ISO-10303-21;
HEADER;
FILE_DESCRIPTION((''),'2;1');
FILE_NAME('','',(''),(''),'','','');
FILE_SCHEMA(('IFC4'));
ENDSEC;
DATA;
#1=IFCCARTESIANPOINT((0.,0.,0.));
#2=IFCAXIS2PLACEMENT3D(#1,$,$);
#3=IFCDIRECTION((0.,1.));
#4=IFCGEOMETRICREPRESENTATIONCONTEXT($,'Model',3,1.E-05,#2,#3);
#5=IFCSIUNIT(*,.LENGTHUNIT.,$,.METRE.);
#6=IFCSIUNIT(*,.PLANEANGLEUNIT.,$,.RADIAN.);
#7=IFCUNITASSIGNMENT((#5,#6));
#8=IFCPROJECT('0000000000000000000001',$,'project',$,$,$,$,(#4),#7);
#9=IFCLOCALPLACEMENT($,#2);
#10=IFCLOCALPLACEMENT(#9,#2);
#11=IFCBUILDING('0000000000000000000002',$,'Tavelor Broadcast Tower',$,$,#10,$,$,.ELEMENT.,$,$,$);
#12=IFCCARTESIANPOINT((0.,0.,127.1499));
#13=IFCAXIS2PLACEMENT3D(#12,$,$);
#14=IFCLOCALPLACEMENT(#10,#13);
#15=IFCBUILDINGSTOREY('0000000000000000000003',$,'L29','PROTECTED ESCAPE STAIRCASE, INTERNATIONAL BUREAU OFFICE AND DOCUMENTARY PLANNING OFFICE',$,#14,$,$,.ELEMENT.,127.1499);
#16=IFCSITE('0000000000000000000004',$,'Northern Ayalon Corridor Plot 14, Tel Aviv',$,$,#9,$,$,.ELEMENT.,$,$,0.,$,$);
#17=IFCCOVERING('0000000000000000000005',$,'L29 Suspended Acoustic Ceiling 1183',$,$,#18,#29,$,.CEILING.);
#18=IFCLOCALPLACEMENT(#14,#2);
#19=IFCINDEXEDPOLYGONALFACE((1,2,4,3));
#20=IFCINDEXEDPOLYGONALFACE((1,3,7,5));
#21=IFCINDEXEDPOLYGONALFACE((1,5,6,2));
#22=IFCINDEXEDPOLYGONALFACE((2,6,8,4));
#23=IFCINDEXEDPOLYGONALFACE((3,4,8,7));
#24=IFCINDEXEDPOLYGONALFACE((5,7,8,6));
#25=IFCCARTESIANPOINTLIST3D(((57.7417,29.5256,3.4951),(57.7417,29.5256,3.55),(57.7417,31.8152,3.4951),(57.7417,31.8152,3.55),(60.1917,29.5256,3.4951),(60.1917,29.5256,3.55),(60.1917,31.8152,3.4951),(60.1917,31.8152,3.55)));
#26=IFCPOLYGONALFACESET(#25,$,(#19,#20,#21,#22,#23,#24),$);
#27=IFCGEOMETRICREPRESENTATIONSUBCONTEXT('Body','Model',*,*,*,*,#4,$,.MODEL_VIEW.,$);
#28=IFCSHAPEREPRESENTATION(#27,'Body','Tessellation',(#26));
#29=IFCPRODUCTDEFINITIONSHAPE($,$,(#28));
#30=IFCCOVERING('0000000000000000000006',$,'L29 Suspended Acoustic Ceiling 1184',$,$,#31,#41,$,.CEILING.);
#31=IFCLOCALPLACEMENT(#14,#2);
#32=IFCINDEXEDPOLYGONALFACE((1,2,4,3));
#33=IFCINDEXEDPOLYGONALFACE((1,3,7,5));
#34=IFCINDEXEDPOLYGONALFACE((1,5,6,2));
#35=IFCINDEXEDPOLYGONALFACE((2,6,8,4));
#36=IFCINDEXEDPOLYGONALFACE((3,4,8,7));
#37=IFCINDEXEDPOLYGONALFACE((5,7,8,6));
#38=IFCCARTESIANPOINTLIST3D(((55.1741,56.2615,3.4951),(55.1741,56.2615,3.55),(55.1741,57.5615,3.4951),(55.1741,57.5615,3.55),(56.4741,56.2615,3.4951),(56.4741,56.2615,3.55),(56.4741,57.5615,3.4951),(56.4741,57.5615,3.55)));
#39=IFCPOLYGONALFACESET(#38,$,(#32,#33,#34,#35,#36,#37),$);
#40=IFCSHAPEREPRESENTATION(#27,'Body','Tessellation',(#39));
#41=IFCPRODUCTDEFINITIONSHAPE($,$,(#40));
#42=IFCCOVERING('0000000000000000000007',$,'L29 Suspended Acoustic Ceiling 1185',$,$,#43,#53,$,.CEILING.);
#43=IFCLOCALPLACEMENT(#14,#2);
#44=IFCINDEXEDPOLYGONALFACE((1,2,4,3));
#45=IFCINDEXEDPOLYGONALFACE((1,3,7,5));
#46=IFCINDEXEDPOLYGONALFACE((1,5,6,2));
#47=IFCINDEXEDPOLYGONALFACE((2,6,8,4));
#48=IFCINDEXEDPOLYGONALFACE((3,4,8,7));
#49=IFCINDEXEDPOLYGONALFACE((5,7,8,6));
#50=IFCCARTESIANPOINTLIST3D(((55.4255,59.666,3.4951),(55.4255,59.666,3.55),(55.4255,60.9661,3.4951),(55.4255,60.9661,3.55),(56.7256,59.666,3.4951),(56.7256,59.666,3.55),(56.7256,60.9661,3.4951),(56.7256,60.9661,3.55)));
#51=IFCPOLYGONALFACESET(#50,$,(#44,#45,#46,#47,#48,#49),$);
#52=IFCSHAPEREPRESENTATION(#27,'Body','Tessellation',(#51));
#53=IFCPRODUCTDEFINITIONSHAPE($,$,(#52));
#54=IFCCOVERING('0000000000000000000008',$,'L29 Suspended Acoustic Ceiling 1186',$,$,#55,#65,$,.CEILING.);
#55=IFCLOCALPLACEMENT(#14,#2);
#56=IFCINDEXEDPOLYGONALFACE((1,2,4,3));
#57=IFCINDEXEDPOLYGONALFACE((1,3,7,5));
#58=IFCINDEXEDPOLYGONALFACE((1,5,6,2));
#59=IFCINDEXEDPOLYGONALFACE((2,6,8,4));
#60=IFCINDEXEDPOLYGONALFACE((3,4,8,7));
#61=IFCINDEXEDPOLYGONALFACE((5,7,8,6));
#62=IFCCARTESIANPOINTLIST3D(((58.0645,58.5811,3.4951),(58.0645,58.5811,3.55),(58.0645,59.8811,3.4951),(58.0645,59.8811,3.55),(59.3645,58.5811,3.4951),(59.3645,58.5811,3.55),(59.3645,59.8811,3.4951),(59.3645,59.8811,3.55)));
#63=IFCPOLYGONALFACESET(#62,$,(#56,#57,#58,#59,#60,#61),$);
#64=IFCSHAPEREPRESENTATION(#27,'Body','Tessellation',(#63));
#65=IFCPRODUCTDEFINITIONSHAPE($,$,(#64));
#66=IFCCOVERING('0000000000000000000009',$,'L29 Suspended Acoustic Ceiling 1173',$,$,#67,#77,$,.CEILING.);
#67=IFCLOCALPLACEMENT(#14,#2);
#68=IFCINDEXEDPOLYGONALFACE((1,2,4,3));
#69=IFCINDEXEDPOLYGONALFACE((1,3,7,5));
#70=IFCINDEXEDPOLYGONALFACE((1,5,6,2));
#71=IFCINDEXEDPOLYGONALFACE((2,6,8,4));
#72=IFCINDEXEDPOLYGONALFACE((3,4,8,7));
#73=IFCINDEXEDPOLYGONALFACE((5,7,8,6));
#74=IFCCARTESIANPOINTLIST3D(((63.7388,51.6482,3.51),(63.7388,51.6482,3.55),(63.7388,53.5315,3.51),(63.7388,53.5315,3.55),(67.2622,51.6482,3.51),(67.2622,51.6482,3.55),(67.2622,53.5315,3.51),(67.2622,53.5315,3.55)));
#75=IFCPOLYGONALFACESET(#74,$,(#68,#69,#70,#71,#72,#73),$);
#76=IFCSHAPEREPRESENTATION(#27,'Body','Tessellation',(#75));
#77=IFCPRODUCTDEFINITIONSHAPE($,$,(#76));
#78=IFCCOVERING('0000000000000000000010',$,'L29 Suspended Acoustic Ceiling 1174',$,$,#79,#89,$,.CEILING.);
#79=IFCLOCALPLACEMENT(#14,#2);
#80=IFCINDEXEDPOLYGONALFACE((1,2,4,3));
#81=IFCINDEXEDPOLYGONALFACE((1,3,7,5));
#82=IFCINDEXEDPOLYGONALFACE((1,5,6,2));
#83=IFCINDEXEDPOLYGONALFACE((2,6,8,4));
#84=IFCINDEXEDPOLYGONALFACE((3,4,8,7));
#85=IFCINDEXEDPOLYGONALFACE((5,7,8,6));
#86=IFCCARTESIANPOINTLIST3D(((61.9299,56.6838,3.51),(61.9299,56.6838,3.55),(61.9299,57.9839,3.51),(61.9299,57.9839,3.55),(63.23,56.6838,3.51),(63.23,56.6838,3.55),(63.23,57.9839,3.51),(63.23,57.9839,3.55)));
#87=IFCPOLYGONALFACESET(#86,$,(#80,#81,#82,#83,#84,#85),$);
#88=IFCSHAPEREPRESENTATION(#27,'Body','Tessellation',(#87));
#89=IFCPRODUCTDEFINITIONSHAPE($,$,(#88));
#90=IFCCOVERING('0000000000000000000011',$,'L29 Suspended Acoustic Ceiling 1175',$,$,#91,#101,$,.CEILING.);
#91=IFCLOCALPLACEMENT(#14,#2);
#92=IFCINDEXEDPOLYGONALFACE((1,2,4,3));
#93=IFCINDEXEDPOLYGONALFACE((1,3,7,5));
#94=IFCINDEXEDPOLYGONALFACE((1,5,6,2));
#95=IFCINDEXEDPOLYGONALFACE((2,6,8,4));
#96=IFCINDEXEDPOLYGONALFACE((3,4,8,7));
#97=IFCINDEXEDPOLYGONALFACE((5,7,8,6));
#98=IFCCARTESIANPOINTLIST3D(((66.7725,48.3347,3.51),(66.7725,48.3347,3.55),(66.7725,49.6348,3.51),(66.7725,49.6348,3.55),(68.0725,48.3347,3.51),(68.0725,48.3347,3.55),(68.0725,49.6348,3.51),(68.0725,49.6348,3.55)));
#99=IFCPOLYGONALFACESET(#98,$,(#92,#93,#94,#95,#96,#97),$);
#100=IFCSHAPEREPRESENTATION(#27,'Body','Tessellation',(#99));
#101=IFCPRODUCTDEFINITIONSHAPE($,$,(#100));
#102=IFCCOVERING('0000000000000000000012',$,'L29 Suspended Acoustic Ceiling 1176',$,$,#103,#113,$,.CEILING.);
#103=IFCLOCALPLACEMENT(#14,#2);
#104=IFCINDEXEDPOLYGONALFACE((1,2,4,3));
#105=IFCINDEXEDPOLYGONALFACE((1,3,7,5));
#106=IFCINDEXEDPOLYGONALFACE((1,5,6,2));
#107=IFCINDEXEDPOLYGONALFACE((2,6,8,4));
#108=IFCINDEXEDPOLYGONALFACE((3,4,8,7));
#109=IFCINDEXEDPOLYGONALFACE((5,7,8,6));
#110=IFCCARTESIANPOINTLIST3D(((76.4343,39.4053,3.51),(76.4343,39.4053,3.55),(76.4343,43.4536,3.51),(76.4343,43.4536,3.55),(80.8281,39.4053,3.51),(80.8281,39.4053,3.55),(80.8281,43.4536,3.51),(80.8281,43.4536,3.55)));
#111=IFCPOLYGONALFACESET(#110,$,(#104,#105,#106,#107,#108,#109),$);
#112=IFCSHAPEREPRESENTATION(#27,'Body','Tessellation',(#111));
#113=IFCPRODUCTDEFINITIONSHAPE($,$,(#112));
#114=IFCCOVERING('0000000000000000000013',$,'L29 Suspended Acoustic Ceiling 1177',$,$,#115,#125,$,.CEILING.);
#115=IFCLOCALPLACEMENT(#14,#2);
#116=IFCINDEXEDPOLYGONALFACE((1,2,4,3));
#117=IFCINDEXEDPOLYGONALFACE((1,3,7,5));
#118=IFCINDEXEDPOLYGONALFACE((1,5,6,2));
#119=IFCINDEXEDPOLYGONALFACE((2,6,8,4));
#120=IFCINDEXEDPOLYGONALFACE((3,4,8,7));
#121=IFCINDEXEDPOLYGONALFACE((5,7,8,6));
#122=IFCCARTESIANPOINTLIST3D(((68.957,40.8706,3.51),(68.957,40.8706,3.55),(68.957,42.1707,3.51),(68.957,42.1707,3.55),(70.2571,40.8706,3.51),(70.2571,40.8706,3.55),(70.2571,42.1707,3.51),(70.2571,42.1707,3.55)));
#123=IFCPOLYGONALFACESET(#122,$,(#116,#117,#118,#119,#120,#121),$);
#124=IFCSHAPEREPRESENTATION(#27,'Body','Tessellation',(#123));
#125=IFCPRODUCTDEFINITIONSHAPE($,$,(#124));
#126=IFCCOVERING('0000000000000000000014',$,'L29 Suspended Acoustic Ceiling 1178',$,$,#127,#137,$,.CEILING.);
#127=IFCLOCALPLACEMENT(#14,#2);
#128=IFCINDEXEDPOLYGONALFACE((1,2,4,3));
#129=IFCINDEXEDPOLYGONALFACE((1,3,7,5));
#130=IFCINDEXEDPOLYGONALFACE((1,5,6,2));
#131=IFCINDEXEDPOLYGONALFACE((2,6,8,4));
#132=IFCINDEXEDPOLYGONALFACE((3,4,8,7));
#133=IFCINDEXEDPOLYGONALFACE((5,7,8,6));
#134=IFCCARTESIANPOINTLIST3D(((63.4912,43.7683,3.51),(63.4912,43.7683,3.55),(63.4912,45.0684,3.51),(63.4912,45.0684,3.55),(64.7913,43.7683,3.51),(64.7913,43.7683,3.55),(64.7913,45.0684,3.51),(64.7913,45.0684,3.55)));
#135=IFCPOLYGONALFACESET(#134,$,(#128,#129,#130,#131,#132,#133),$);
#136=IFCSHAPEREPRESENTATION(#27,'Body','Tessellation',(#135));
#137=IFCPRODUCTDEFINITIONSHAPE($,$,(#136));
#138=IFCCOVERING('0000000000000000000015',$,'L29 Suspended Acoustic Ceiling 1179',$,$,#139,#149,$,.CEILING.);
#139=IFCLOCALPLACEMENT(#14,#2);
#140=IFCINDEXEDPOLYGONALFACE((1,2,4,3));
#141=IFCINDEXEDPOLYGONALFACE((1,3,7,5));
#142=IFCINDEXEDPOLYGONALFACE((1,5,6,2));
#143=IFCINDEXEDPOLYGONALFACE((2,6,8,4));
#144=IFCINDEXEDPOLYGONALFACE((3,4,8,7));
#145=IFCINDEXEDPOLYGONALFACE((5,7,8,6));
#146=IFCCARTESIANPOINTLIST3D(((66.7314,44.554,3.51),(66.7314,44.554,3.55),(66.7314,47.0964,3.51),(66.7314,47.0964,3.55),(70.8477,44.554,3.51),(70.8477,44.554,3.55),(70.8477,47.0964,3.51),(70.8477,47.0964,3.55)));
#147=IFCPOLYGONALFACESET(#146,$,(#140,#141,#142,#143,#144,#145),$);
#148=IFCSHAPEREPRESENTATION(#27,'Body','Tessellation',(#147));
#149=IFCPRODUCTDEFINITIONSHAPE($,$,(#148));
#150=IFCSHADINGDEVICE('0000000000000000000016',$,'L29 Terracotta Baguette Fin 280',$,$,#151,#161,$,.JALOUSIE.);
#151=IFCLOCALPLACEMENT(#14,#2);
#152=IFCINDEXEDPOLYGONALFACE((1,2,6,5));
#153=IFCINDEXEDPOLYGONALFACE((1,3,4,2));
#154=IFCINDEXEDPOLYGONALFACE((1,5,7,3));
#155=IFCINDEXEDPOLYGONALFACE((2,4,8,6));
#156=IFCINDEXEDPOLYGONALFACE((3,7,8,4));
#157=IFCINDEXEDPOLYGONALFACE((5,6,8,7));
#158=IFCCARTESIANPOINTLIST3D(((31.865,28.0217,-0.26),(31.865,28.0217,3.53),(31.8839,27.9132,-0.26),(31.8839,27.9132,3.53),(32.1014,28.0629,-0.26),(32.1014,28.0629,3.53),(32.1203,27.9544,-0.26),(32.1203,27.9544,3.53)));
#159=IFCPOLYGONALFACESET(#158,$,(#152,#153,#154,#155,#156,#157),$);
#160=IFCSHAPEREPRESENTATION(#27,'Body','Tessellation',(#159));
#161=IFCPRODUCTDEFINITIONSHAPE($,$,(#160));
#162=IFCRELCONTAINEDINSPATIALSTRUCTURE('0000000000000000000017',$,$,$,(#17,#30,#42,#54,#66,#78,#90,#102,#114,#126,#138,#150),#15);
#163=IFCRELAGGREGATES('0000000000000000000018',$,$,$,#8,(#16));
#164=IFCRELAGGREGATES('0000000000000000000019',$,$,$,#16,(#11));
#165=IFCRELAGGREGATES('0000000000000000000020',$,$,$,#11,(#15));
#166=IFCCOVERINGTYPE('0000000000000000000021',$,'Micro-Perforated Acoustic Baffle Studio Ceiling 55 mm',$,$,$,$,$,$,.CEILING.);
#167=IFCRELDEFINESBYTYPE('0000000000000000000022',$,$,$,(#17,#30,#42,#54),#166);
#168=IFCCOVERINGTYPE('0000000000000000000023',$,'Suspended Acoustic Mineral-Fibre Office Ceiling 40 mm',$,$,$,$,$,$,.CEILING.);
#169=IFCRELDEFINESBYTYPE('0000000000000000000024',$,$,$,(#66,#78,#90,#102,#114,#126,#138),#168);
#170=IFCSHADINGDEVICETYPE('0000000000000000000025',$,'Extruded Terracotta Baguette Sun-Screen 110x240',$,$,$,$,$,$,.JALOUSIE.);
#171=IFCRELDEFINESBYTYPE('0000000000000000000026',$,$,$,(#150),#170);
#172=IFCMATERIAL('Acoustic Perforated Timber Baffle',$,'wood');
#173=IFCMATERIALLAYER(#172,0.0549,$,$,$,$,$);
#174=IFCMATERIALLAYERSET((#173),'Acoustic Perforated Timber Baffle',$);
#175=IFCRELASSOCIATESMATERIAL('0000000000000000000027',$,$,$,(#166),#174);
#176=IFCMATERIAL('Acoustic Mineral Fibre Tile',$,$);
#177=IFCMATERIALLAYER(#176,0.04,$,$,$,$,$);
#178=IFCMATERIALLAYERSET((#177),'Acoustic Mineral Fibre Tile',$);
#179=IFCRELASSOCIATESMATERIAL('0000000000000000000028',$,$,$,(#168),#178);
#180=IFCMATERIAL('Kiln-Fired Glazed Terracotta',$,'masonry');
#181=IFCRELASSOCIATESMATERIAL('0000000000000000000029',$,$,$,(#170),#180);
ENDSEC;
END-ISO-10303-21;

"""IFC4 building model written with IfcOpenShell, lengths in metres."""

from ifc_helpers import new_model, si_unit, direction, frame, origin, origin_2d, place, context, subcontext, project, spatial, polyline, rectangle, outline, extrude, source, transform, mapped, material, layer, layer_set, type_object, type_shapes, element, save


model = new_model("IFC4")

# Units and contexts
model_context = context("Model", 3, precision=1e-05, world=origin(), true_north=direction((0.0, 1.0)))
body_context = subcontext(model_context, "Body", "Model", "MODEL_VIEW")
ifc_project = project(units=[si_unit("LENGTHUNIT", "METRE"), si_unit("PLANEANGLEUNIT", "RADIAN")], contexts=[model_context])

# Site, building, storey
site_placement = place(None, origin())
site = spatial("IfcSite", under=ifc_project, at=site_placement, Name="Northern Ayalon Corridor Plot 14, Tel Aviv", CompositionType="ELEMENT", RefElevation=0.0)
building_placement = place(site_placement, origin())
building = spatial("IfcBuilding", under=site, at=building_placement, Name="Tavelor Broadcast Tower", CompositionType="ELEMENT")
storey_placement = place(building_placement, frame((0.0, 0.0, 127.1499)))
storey = spatial("IfcBuildingStorey", under=building, at=storey_placement, Name="L29", Description="PROTECTED ESCAPE STAIRCASE, INTERNATIONAL BUREAU OFFICE AND DOCUMENTARY PLANNING OFFICE", CompositionType="ELEMENT", Elevation=127.1499)

# Coverings
ifc_material_1 = material(Name="Acoustic Perforated Timber Baffle", Category="wood")
ifc_layer_1 = layer(ifc_material_1, 0.0549)
ifc_layer_set_1 = layer_set([ifc_layer_1], Name="Acoustic Perforated Timber Baffle")
covering_type_1 = type_object("IfcCoveringType", Name="Micro-Perforated Acoustic Baffle Studio Ceiling 55 mm", PredefinedType="CEILING", material=ifc_layer_set_1)
covering_1_placement = place(storey_placement, frame((0.0, 0.0, 3.4951)))
element("IfcCovering", 1, at=covering_1_placement, inside=storey, type_object=covering_type_1, Name="L29 Suspended Acoustic Ceiling 1183", PredefinedType="CEILING", context=body_context, shape_type="SweptSolid", body=[
    extrude(outline(polyline([(57.7417, 29.5256), (60.1917, 29.5256), (60.1917, 31.8152), (57.7417, 31.8152), (57.7417, 29.5256)])), origin(), (0.0, 0.0, 1.0), 0.0549),
])
covering_2_placement = place(storey_placement, frame((0.0, 0.0, 3.4951)))
element("IfcCovering", 2, at=covering_2_placement, inside=storey, type_object=covering_type_1, Name="L29 Suspended Acoustic Ceiling 1184", PredefinedType="CEILING", context=body_context, shape_type="SweptSolid", body=[
    extrude(outline(polyline([(55.1741, 56.2615), (56.4741, 56.2615), (56.4741, 57.5615), (55.1741, 57.5615), (55.1741, 56.2615)])), origin(), (0.0, 0.0, 1.0), 0.0549),
])
covering_3_placement = place(storey_placement, frame((0.0, 0.0, 3.4951)))
element("IfcCovering", 3, at=covering_3_placement, inside=storey, type_object=covering_type_1, Name="L29 Suspended Acoustic Ceiling 1185", PredefinedType="CEILING", context=body_context, shape_type="SweptSolid", body=[
    extrude(outline(polyline([(55.4255, 59.666), (56.7256, 59.666), (56.7256, 60.9661), (55.4255, 60.9661), (55.4255, 59.666)])), origin(), (0.0, 0.0, 1.0), 0.0549),
])
covering_4_placement = place(storey_placement, frame((0.0, 0.0, 3.4951)))
element("IfcCovering", 4, at=covering_4_placement, inside=storey, type_object=covering_type_1, Name="L29 Suspended Acoustic Ceiling 1186", PredefinedType="CEILING", context=body_context, shape_type="SweptSolid", body=[
    extrude(outline(polyline([(58.0645, 58.5811), (59.3645, 58.5811), (59.3645, 59.8811), (58.0645, 59.8811), (58.0645, 58.5811)])), origin(), (0.0, 0.0, 1.0), 0.0549),
])
ifc_material_2 = material(Name="Acoustic Mineral Fibre Tile")
ifc_layer_2 = layer(ifc_material_2, 0.04)
ifc_layer_set_2 = layer_set([ifc_layer_2], Name="Acoustic Mineral Fibre Tile")
covering_type_2 = type_object("IfcCoveringType", Name="Suspended Acoustic Mineral-Fibre Office Ceiling 40 mm", PredefinedType="CEILING", material=ifc_layer_set_2)
covering_5_placement = place(storey_placement, frame((0.0, 0.0, 3.51)))
element("IfcCovering", 5, at=covering_5_placement, inside=storey, type_object=covering_type_2, Name="L29 Suspended Acoustic Ceiling 1173", PredefinedType="CEILING", context=body_context, shape_type="SweptSolid", body=[
    extrude(outline(polyline([(63.7388, 51.6482), (67.2622, 51.6482), (67.2622, 53.5315), (63.7388, 53.5315), (63.7388, 51.6482)])), origin(), (0.0, 0.0, 1.0), 0.04),
])
covering_6_placement = place(storey_placement, frame((0.0, 0.0, 3.51)))
element("IfcCovering", 6, at=covering_6_placement, inside=storey, type_object=covering_type_2, Name="L29 Suspended Acoustic Ceiling 1174", PredefinedType="CEILING", context=body_context, shape_type="SweptSolid", body=[
    extrude(outline(polyline([(61.9299, 56.6838), (63.23, 56.6838), (63.23, 57.9839), (61.9299, 57.9839), (61.9299, 56.6838)])), origin(), (0.0, 0.0, 1.0), 0.04),
])
covering_7_placement = place(storey_placement, frame((0.0, 0.0, 3.51)))
element("IfcCovering", 7, at=covering_7_placement, inside=storey, type_object=covering_type_2, Name="L29 Suspended Acoustic Ceiling 1175", PredefinedType="CEILING", context=body_context, shape_type="SweptSolid", body=[
    extrude(outline(polyline([(66.7725, 48.3347), (68.0725, 48.3347), (68.0725, 49.6348), (66.7725, 49.6348), (66.7725, 48.3347)])), origin(), (0.0, 0.0, 1.0), 0.04),
])
covering_8_placement = place(storey_placement, frame((0.0, 0.0, 3.51)))
element("IfcCovering", 8, at=covering_8_placement, inside=storey, type_object=covering_type_2, Name="L29 Suspended Acoustic Ceiling 1176", PredefinedType="CEILING", context=body_context, shape_type="SweptSolid", body=[
    extrude(outline(polyline([(76.4343, 39.4053), (80.8281, 39.4053), (80.8281, 43.4536), (76.4343, 43.4536), (76.4343, 39.4053)])), origin(), (0.0, 0.0, 1.0), 0.04),
])
covering_9_placement = place(storey_placement, frame((0.0, 0.0, 3.51)))
element("IfcCovering", 9, at=covering_9_placement, inside=storey, type_object=covering_type_2, Name="L29 Suspended Acoustic Ceiling 1177", PredefinedType="CEILING", context=body_context, shape_type="SweptSolid", body=[
    extrude(outline(polyline([(68.957, 40.8706), (70.2571, 40.8706), (70.2571, 42.1707), (68.957, 42.1707), (68.957, 40.8706)])), origin(), (0.0, 0.0, 1.0), 0.04),
])
covering_10_placement = place(storey_placement, frame((0.0, 0.0, 3.51)))
element("IfcCovering", 10, at=covering_10_placement, inside=storey, type_object=covering_type_2, Name="L29 Suspended Acoustic Ceiling 1178", PredefinedType="CEILING", context=body_context, shape_type="SweptSolid", body=[
    extrude(outline(polyline([(63.4912, 43.7683), (64.7913, 43.7683), (64.7913, 45.0684), (63.4912, 45.0684), (63.4912, 43.7683)])), origin(), (0.0, 0.0, 1.0), 0.04),
])
covering_11_placement = place(storey_placement, frame((0.0, 0.0, 3.51)))
element("IfcCovering", 11, at=covering_11_placement, inside=storey, type_object=covering_type_2, Name="L29 Suspended Acoustic Ceiling 1179", PredefinedType="CEILING", context=body_context, shape_type="SweptSolid", body=[
    extrude(outline(polyline([(66.7314, 44.554), (70.8477, 44.554), (70.8477, 47.0964), (66.7314, 47.0964), (66.7314, 44.554)])), origin(), (0.0, 0.0, 1.0), 0.04),
])

# Shading device
ifc_material_3 = material(Name="Kiln-Fired Glazed Terracotta", Category="masonry")
shading_device_type = type_object("IfcShadingDeviceType", Name="Extruded Terracotta Baguette Sun-Screen 110x240", PredefinedType="JALOUSIE", material=ifc_material_3)
shared_shape_1 = source(origin(), body_context, "Body", "SweptSolid", [
    extrude(rectangle(XDim=0.1101, YDim=0.24, at=origin_2d()), origin(), (0.0, 0.0, 1.0), 3.79),
])
type_shapes(shading_device_type, [shared_shape_1])
shading_device_placement = place(storey_placement, frame((31.9927, 27.988, -0.26), z_axis=(0.0, 0.0, 1.0), x_axis=(0.171585, -0.985169, 0.0)))
element("IfcShadingDevice", 12, at=shading_device_placement, inside=storey, type_object=shading_device_type, Name="L29 Terracotta Baguette Fin 280", PredefinedType="JALOUSIE", context=body_context, shape_type="MappedRepresentation", body=[
    mapped(shared_shape_1, transform((0.0, 0.0, 0.0), scale=1.0)),
])

save(model, "model.ifc")
